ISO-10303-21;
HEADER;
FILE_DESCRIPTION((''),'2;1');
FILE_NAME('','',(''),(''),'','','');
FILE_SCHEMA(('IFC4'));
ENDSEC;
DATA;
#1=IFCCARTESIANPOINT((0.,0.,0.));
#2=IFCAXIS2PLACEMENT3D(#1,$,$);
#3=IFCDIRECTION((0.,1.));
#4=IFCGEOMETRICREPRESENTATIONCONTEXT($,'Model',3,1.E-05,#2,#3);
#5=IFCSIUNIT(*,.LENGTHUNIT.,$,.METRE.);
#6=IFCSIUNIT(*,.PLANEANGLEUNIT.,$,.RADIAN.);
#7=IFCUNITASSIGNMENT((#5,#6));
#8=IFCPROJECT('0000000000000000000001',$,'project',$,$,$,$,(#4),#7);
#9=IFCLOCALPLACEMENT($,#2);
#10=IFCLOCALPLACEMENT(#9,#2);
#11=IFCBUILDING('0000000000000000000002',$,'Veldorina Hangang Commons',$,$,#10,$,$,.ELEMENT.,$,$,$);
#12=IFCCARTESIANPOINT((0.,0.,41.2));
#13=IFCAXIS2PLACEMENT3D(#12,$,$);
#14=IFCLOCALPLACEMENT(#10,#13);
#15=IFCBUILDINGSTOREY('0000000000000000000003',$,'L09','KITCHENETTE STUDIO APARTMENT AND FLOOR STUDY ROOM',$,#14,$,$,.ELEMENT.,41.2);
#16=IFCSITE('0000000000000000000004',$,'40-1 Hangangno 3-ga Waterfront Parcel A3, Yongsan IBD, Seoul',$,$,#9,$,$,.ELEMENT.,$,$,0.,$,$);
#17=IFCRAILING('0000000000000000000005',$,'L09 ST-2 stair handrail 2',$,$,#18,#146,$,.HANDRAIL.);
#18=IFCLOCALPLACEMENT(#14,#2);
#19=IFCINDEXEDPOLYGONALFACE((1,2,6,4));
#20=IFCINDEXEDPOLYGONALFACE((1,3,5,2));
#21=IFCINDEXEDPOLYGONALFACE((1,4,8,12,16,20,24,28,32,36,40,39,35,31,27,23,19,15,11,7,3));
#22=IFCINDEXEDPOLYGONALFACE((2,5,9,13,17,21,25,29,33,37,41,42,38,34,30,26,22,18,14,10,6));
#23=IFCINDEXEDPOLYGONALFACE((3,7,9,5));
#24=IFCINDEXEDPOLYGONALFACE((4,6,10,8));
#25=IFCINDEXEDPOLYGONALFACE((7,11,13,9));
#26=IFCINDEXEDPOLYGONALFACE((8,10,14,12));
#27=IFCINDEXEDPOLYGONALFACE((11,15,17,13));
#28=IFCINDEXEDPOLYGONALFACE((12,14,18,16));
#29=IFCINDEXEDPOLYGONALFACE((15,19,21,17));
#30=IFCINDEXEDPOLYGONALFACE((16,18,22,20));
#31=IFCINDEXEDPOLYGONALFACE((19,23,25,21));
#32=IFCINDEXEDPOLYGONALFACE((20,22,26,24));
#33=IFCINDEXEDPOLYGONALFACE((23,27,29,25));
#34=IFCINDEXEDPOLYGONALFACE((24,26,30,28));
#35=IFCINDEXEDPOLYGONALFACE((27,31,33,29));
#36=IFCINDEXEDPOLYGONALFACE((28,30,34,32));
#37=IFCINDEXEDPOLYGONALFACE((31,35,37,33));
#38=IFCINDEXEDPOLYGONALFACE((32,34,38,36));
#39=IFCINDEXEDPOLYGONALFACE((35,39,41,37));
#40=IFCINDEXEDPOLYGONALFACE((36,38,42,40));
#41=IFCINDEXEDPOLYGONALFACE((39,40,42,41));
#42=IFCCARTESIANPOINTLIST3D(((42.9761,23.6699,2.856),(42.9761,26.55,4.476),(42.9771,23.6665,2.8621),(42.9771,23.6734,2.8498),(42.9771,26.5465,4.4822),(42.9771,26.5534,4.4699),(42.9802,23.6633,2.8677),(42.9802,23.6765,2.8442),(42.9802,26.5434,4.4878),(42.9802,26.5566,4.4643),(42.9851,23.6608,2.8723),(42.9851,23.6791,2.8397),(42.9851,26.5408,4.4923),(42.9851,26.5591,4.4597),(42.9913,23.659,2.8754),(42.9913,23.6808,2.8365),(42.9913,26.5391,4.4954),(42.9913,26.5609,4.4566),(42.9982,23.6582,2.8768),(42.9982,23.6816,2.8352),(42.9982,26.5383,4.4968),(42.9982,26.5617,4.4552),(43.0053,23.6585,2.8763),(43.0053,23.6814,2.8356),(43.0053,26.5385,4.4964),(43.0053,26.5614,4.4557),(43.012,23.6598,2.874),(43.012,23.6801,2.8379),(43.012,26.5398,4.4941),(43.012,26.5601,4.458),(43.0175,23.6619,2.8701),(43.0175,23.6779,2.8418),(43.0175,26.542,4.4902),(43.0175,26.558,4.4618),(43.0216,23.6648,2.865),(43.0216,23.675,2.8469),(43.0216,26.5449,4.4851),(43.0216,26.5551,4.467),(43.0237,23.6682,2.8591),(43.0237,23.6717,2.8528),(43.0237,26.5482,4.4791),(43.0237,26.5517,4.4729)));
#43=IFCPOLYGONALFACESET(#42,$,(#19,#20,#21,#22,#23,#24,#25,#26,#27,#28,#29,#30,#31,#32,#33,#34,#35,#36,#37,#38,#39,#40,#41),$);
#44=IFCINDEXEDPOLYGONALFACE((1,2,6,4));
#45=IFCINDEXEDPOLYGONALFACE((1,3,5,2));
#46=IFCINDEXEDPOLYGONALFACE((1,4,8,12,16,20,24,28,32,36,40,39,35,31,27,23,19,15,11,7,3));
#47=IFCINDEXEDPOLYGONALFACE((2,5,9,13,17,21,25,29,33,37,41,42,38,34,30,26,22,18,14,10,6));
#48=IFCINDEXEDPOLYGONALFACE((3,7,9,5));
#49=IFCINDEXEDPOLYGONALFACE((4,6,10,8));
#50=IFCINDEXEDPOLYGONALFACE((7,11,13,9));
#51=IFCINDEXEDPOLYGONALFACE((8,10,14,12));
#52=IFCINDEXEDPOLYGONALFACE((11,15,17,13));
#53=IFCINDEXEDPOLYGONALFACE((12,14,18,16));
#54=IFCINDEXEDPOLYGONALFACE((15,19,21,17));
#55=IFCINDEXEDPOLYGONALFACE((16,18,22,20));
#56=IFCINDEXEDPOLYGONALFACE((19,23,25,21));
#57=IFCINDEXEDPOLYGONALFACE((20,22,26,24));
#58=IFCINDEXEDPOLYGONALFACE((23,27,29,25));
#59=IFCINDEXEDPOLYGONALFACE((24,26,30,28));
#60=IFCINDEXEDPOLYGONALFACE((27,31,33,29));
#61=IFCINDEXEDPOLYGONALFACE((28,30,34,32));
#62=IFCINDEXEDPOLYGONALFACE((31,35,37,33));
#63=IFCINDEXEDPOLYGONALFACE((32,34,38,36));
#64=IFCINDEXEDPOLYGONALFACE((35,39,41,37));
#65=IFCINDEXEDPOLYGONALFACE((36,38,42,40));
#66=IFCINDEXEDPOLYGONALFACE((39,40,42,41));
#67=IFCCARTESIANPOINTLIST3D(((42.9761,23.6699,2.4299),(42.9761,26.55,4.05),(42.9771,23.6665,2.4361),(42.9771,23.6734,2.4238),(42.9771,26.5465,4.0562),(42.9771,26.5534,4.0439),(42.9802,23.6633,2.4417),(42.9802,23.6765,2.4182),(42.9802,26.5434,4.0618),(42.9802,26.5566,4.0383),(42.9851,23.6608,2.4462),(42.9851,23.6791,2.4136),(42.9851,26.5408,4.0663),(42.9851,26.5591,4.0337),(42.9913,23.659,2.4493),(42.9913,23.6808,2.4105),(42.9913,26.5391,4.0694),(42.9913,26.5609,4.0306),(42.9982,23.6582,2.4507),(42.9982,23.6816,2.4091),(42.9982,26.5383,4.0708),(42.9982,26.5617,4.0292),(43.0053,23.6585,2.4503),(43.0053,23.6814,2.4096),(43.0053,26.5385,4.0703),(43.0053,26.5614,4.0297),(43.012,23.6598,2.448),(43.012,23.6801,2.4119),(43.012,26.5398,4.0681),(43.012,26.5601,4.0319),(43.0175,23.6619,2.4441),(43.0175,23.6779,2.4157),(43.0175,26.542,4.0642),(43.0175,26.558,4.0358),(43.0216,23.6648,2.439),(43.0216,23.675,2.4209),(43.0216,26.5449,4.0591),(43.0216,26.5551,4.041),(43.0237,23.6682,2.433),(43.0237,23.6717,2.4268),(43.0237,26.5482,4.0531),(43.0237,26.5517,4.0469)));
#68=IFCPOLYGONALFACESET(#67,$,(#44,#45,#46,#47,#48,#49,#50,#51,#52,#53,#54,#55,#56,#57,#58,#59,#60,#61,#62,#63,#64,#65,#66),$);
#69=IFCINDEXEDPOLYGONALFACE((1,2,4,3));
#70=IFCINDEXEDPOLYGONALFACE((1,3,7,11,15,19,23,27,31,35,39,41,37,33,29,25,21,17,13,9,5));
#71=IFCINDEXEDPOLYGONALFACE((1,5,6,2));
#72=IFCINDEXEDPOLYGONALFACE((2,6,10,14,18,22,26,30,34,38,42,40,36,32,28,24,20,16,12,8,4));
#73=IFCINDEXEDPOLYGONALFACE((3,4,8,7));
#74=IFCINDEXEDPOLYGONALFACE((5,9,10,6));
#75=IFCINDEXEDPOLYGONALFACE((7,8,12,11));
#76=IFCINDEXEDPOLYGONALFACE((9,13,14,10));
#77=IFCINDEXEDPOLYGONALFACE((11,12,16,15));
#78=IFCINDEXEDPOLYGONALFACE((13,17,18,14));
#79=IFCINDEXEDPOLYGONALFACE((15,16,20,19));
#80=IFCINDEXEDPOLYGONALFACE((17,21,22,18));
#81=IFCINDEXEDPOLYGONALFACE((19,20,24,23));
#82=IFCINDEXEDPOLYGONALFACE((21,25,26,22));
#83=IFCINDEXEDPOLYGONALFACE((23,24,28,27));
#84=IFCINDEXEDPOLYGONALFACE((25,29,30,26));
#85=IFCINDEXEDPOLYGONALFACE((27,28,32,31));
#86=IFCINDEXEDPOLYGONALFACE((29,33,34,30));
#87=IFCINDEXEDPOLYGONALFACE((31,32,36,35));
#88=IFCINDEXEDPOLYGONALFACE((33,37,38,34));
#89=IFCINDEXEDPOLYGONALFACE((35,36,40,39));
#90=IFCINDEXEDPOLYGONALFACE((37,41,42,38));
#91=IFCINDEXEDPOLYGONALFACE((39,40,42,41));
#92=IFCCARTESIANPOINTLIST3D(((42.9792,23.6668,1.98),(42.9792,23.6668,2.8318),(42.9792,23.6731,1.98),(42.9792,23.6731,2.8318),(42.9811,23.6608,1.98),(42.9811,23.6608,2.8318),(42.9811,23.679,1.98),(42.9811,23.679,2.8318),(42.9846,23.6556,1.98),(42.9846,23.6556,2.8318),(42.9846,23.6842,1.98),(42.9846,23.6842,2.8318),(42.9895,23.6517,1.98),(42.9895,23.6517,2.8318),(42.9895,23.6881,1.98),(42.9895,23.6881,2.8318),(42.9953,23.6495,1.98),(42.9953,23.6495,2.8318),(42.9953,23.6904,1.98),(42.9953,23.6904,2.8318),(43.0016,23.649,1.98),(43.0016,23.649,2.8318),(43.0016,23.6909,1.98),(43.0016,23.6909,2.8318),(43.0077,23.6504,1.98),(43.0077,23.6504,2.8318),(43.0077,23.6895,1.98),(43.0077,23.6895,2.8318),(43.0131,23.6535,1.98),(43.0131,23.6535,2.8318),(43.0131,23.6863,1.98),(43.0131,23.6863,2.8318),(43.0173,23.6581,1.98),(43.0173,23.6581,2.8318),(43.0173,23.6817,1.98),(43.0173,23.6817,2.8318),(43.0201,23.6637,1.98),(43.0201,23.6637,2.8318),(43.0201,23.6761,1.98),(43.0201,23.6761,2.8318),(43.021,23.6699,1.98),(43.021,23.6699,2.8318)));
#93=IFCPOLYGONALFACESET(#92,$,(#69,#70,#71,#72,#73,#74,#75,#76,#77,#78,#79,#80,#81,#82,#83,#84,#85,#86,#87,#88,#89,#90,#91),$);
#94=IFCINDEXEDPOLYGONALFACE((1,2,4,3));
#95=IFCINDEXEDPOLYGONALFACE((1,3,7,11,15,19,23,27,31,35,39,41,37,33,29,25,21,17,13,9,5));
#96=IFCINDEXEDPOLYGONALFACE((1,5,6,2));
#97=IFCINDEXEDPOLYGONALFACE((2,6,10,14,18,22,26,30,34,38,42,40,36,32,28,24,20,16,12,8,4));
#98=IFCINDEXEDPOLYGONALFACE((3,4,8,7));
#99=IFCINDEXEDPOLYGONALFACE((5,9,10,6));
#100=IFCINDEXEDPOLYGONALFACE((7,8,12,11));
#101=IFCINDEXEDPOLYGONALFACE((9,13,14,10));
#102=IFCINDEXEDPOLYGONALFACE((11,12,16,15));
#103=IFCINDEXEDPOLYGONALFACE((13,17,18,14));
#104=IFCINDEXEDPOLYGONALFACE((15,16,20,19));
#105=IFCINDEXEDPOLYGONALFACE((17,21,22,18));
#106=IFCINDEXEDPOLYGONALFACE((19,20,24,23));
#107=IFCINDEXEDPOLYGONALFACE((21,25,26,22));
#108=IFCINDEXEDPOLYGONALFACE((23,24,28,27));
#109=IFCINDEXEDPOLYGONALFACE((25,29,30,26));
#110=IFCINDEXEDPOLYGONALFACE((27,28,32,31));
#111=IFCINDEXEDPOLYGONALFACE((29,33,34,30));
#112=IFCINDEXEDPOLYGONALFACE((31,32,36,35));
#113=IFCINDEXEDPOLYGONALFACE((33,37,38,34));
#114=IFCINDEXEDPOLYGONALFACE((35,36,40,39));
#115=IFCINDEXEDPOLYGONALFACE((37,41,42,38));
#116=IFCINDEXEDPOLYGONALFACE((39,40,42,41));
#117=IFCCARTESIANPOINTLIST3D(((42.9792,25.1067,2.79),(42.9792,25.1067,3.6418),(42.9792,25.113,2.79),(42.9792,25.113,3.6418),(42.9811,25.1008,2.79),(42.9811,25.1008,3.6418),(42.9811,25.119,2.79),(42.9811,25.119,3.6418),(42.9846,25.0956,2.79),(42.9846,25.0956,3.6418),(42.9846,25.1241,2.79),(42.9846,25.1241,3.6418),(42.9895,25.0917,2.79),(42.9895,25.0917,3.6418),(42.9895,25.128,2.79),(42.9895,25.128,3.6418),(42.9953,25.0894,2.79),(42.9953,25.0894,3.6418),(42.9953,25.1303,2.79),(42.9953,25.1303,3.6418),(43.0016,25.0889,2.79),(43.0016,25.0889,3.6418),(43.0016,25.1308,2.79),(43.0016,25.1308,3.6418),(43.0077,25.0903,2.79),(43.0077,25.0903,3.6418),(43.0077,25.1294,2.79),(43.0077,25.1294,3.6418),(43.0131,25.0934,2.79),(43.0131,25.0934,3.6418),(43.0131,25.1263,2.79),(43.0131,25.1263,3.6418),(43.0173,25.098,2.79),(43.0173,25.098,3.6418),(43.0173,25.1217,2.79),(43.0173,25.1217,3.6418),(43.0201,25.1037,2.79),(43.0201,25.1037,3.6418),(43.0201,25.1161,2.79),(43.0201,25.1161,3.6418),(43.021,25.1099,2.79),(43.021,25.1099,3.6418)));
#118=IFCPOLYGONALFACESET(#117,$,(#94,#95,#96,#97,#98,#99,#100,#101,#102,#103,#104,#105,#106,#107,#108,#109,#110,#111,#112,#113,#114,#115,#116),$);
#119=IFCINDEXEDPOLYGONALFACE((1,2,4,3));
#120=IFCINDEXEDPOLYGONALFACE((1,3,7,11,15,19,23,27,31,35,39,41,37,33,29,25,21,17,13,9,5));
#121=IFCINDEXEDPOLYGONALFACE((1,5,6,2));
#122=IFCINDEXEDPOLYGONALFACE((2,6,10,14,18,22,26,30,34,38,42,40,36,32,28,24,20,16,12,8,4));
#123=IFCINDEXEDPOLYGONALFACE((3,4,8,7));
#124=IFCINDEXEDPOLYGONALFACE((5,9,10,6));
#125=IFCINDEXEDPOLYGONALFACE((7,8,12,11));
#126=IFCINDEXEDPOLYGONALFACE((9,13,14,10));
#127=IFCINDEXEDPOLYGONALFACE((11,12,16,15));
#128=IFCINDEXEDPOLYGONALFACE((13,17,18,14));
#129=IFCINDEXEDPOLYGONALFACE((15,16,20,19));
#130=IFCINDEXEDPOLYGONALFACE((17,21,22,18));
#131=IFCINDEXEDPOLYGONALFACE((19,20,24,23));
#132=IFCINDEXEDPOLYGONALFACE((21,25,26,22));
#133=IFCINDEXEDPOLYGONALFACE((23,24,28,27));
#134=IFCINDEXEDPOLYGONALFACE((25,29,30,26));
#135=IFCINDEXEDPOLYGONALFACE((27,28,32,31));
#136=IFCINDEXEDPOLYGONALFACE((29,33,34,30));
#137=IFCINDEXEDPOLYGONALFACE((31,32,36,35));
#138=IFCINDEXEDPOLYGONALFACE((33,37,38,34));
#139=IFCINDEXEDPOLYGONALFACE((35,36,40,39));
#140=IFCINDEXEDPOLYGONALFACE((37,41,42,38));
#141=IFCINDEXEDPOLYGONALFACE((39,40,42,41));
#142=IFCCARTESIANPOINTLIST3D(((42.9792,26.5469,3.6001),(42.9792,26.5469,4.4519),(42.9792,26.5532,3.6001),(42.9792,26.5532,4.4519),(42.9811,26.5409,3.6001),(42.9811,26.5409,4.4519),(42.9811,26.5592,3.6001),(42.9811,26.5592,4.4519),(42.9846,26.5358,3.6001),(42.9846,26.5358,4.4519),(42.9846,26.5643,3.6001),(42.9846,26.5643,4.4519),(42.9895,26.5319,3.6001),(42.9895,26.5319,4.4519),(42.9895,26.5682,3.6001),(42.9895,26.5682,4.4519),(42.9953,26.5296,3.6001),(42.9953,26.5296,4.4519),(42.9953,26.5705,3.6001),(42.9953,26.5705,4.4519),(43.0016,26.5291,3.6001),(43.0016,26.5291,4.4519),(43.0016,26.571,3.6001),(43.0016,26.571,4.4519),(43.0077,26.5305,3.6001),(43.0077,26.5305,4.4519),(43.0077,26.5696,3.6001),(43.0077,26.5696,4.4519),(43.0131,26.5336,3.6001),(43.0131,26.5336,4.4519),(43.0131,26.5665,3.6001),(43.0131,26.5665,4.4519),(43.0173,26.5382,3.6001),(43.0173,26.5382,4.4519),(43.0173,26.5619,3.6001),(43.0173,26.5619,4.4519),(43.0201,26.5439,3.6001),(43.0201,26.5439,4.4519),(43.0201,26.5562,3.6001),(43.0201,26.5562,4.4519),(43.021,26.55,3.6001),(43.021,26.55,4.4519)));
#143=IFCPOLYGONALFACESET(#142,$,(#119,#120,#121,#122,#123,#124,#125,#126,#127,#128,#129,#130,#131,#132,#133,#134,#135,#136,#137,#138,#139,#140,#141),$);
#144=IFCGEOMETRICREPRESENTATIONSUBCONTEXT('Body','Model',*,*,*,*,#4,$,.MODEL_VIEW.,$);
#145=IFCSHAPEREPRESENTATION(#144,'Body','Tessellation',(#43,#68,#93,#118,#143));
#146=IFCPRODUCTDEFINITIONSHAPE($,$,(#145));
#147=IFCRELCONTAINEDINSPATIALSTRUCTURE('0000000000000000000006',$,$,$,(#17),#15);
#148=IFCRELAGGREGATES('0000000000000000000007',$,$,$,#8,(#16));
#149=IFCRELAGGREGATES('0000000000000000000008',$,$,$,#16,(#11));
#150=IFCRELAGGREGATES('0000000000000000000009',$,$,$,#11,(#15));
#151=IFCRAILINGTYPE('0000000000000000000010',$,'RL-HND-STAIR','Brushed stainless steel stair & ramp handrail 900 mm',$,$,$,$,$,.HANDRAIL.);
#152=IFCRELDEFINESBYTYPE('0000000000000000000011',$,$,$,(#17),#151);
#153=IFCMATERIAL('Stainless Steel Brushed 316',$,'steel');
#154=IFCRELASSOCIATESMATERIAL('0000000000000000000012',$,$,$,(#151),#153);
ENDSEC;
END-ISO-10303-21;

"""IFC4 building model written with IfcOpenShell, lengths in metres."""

from ifc_helpers import new_model, si_unit, direction, frame, origin, origin_2d, place, context, subcontext, project, spatial, circle, extrude, material, type_object, element, save


model = new_model("IFC4")

# Units and contexts
model_context = context("Model", 3, precision=1e-05, world=origin(), true_north=direction((0.0, 1.0)))
body_context = subcontext(model_context, "Body", "Model", "MODEL_VIEW")
ifc_project = project(units=[si_unit("LENGTHUNIT", "METRE"), si_unit("PLANEANGLEUNIT", "RADIAN")], contexts=[model_context])

# Site, building, storey
site_placement = place(None, origin())
site = spatial("IfcSite", under=ifc_project, at=site_placement, Name="40-1 Hangangno 3-ga Waterfront Parcel A3, Yongsan IBD, Seoul", CompositionType="ELEMENT", RefElevation=0.0)
building_placement = place(site_placement, origin())
building = spatial("IfcBuilding", under=site, at=building_placement, Name="Veldorina Hangang Commons", CompositionType="ELEMENT")
storey_placement = place(building_placement, frame((0.0, 0.0, 41.2)))
storey = spatial("IfcBuildingStorey", under=building, at=storey_placement, Name="L09", Description="KITCHENETTE STUDIO APARTMENT AND FLOOR STUDY ROOM", CompositionType="ELEMENT", Elevation=41.2)

# Railing
ifc_material_1 = material(Name="Stainless Steel Brushed 316", Category="steel")
railing_type_1 = type_object("IfcRailingType", Name="RL-HND-STAIR", Description="Brushed stainless steel stair & ramp handrail 900 mm", PredefinedType="HANDRAIL", material=ifc_material_1)
railing_1_placement = place(storey_placement, frame((43.0, 23.6699, 1.98)))
element("IfcRailing", 1, at=railing_1_placement, inside=storey, type_object=railing_type_1, Name="L09 ST-2 stair handrail 2", PredefinedType="HANDRAIL", context=body_context, shape_type="SweptSolid", body=[
    extrude(circle(Radius=0.0239, at=origin_2d()), frame((0.0, 0.0, 0.876), z_axis=(0.0, 0.87157, 0.490272), x_axis=(-1.0, 0.0, 0.0)), (0.0, 0.0, 1.0), 3.3044),
    extrude(circle(Radius=0.0239, at=origin_2d()), frame((0.0, 0.0, 0.45), z_axis=(0.0, 0.87157, 0.490272), x_axis=(-1.0, 0.0, 0.0)), (0.0, 0.0, 1.0), 3.3044),
    extrude(circle(Radius=0.021, at=origin_2d()), origin(), (0.0, 0.0, 1.0), 0.8518),
    extrude(circle(Radius=0.021, at=origin_2d()), frame((0.0, 1.4399, 0.8101)), (0.0, 0.0, 1.0), 0.8518),
    extrude(circle(Radius=0.021, at=origin_2d()), frame((0.0, 2.8801, 1.6201)), (0.0, 0.0, 1.0), 0.8518),
])

save(model, "model.ifc")
